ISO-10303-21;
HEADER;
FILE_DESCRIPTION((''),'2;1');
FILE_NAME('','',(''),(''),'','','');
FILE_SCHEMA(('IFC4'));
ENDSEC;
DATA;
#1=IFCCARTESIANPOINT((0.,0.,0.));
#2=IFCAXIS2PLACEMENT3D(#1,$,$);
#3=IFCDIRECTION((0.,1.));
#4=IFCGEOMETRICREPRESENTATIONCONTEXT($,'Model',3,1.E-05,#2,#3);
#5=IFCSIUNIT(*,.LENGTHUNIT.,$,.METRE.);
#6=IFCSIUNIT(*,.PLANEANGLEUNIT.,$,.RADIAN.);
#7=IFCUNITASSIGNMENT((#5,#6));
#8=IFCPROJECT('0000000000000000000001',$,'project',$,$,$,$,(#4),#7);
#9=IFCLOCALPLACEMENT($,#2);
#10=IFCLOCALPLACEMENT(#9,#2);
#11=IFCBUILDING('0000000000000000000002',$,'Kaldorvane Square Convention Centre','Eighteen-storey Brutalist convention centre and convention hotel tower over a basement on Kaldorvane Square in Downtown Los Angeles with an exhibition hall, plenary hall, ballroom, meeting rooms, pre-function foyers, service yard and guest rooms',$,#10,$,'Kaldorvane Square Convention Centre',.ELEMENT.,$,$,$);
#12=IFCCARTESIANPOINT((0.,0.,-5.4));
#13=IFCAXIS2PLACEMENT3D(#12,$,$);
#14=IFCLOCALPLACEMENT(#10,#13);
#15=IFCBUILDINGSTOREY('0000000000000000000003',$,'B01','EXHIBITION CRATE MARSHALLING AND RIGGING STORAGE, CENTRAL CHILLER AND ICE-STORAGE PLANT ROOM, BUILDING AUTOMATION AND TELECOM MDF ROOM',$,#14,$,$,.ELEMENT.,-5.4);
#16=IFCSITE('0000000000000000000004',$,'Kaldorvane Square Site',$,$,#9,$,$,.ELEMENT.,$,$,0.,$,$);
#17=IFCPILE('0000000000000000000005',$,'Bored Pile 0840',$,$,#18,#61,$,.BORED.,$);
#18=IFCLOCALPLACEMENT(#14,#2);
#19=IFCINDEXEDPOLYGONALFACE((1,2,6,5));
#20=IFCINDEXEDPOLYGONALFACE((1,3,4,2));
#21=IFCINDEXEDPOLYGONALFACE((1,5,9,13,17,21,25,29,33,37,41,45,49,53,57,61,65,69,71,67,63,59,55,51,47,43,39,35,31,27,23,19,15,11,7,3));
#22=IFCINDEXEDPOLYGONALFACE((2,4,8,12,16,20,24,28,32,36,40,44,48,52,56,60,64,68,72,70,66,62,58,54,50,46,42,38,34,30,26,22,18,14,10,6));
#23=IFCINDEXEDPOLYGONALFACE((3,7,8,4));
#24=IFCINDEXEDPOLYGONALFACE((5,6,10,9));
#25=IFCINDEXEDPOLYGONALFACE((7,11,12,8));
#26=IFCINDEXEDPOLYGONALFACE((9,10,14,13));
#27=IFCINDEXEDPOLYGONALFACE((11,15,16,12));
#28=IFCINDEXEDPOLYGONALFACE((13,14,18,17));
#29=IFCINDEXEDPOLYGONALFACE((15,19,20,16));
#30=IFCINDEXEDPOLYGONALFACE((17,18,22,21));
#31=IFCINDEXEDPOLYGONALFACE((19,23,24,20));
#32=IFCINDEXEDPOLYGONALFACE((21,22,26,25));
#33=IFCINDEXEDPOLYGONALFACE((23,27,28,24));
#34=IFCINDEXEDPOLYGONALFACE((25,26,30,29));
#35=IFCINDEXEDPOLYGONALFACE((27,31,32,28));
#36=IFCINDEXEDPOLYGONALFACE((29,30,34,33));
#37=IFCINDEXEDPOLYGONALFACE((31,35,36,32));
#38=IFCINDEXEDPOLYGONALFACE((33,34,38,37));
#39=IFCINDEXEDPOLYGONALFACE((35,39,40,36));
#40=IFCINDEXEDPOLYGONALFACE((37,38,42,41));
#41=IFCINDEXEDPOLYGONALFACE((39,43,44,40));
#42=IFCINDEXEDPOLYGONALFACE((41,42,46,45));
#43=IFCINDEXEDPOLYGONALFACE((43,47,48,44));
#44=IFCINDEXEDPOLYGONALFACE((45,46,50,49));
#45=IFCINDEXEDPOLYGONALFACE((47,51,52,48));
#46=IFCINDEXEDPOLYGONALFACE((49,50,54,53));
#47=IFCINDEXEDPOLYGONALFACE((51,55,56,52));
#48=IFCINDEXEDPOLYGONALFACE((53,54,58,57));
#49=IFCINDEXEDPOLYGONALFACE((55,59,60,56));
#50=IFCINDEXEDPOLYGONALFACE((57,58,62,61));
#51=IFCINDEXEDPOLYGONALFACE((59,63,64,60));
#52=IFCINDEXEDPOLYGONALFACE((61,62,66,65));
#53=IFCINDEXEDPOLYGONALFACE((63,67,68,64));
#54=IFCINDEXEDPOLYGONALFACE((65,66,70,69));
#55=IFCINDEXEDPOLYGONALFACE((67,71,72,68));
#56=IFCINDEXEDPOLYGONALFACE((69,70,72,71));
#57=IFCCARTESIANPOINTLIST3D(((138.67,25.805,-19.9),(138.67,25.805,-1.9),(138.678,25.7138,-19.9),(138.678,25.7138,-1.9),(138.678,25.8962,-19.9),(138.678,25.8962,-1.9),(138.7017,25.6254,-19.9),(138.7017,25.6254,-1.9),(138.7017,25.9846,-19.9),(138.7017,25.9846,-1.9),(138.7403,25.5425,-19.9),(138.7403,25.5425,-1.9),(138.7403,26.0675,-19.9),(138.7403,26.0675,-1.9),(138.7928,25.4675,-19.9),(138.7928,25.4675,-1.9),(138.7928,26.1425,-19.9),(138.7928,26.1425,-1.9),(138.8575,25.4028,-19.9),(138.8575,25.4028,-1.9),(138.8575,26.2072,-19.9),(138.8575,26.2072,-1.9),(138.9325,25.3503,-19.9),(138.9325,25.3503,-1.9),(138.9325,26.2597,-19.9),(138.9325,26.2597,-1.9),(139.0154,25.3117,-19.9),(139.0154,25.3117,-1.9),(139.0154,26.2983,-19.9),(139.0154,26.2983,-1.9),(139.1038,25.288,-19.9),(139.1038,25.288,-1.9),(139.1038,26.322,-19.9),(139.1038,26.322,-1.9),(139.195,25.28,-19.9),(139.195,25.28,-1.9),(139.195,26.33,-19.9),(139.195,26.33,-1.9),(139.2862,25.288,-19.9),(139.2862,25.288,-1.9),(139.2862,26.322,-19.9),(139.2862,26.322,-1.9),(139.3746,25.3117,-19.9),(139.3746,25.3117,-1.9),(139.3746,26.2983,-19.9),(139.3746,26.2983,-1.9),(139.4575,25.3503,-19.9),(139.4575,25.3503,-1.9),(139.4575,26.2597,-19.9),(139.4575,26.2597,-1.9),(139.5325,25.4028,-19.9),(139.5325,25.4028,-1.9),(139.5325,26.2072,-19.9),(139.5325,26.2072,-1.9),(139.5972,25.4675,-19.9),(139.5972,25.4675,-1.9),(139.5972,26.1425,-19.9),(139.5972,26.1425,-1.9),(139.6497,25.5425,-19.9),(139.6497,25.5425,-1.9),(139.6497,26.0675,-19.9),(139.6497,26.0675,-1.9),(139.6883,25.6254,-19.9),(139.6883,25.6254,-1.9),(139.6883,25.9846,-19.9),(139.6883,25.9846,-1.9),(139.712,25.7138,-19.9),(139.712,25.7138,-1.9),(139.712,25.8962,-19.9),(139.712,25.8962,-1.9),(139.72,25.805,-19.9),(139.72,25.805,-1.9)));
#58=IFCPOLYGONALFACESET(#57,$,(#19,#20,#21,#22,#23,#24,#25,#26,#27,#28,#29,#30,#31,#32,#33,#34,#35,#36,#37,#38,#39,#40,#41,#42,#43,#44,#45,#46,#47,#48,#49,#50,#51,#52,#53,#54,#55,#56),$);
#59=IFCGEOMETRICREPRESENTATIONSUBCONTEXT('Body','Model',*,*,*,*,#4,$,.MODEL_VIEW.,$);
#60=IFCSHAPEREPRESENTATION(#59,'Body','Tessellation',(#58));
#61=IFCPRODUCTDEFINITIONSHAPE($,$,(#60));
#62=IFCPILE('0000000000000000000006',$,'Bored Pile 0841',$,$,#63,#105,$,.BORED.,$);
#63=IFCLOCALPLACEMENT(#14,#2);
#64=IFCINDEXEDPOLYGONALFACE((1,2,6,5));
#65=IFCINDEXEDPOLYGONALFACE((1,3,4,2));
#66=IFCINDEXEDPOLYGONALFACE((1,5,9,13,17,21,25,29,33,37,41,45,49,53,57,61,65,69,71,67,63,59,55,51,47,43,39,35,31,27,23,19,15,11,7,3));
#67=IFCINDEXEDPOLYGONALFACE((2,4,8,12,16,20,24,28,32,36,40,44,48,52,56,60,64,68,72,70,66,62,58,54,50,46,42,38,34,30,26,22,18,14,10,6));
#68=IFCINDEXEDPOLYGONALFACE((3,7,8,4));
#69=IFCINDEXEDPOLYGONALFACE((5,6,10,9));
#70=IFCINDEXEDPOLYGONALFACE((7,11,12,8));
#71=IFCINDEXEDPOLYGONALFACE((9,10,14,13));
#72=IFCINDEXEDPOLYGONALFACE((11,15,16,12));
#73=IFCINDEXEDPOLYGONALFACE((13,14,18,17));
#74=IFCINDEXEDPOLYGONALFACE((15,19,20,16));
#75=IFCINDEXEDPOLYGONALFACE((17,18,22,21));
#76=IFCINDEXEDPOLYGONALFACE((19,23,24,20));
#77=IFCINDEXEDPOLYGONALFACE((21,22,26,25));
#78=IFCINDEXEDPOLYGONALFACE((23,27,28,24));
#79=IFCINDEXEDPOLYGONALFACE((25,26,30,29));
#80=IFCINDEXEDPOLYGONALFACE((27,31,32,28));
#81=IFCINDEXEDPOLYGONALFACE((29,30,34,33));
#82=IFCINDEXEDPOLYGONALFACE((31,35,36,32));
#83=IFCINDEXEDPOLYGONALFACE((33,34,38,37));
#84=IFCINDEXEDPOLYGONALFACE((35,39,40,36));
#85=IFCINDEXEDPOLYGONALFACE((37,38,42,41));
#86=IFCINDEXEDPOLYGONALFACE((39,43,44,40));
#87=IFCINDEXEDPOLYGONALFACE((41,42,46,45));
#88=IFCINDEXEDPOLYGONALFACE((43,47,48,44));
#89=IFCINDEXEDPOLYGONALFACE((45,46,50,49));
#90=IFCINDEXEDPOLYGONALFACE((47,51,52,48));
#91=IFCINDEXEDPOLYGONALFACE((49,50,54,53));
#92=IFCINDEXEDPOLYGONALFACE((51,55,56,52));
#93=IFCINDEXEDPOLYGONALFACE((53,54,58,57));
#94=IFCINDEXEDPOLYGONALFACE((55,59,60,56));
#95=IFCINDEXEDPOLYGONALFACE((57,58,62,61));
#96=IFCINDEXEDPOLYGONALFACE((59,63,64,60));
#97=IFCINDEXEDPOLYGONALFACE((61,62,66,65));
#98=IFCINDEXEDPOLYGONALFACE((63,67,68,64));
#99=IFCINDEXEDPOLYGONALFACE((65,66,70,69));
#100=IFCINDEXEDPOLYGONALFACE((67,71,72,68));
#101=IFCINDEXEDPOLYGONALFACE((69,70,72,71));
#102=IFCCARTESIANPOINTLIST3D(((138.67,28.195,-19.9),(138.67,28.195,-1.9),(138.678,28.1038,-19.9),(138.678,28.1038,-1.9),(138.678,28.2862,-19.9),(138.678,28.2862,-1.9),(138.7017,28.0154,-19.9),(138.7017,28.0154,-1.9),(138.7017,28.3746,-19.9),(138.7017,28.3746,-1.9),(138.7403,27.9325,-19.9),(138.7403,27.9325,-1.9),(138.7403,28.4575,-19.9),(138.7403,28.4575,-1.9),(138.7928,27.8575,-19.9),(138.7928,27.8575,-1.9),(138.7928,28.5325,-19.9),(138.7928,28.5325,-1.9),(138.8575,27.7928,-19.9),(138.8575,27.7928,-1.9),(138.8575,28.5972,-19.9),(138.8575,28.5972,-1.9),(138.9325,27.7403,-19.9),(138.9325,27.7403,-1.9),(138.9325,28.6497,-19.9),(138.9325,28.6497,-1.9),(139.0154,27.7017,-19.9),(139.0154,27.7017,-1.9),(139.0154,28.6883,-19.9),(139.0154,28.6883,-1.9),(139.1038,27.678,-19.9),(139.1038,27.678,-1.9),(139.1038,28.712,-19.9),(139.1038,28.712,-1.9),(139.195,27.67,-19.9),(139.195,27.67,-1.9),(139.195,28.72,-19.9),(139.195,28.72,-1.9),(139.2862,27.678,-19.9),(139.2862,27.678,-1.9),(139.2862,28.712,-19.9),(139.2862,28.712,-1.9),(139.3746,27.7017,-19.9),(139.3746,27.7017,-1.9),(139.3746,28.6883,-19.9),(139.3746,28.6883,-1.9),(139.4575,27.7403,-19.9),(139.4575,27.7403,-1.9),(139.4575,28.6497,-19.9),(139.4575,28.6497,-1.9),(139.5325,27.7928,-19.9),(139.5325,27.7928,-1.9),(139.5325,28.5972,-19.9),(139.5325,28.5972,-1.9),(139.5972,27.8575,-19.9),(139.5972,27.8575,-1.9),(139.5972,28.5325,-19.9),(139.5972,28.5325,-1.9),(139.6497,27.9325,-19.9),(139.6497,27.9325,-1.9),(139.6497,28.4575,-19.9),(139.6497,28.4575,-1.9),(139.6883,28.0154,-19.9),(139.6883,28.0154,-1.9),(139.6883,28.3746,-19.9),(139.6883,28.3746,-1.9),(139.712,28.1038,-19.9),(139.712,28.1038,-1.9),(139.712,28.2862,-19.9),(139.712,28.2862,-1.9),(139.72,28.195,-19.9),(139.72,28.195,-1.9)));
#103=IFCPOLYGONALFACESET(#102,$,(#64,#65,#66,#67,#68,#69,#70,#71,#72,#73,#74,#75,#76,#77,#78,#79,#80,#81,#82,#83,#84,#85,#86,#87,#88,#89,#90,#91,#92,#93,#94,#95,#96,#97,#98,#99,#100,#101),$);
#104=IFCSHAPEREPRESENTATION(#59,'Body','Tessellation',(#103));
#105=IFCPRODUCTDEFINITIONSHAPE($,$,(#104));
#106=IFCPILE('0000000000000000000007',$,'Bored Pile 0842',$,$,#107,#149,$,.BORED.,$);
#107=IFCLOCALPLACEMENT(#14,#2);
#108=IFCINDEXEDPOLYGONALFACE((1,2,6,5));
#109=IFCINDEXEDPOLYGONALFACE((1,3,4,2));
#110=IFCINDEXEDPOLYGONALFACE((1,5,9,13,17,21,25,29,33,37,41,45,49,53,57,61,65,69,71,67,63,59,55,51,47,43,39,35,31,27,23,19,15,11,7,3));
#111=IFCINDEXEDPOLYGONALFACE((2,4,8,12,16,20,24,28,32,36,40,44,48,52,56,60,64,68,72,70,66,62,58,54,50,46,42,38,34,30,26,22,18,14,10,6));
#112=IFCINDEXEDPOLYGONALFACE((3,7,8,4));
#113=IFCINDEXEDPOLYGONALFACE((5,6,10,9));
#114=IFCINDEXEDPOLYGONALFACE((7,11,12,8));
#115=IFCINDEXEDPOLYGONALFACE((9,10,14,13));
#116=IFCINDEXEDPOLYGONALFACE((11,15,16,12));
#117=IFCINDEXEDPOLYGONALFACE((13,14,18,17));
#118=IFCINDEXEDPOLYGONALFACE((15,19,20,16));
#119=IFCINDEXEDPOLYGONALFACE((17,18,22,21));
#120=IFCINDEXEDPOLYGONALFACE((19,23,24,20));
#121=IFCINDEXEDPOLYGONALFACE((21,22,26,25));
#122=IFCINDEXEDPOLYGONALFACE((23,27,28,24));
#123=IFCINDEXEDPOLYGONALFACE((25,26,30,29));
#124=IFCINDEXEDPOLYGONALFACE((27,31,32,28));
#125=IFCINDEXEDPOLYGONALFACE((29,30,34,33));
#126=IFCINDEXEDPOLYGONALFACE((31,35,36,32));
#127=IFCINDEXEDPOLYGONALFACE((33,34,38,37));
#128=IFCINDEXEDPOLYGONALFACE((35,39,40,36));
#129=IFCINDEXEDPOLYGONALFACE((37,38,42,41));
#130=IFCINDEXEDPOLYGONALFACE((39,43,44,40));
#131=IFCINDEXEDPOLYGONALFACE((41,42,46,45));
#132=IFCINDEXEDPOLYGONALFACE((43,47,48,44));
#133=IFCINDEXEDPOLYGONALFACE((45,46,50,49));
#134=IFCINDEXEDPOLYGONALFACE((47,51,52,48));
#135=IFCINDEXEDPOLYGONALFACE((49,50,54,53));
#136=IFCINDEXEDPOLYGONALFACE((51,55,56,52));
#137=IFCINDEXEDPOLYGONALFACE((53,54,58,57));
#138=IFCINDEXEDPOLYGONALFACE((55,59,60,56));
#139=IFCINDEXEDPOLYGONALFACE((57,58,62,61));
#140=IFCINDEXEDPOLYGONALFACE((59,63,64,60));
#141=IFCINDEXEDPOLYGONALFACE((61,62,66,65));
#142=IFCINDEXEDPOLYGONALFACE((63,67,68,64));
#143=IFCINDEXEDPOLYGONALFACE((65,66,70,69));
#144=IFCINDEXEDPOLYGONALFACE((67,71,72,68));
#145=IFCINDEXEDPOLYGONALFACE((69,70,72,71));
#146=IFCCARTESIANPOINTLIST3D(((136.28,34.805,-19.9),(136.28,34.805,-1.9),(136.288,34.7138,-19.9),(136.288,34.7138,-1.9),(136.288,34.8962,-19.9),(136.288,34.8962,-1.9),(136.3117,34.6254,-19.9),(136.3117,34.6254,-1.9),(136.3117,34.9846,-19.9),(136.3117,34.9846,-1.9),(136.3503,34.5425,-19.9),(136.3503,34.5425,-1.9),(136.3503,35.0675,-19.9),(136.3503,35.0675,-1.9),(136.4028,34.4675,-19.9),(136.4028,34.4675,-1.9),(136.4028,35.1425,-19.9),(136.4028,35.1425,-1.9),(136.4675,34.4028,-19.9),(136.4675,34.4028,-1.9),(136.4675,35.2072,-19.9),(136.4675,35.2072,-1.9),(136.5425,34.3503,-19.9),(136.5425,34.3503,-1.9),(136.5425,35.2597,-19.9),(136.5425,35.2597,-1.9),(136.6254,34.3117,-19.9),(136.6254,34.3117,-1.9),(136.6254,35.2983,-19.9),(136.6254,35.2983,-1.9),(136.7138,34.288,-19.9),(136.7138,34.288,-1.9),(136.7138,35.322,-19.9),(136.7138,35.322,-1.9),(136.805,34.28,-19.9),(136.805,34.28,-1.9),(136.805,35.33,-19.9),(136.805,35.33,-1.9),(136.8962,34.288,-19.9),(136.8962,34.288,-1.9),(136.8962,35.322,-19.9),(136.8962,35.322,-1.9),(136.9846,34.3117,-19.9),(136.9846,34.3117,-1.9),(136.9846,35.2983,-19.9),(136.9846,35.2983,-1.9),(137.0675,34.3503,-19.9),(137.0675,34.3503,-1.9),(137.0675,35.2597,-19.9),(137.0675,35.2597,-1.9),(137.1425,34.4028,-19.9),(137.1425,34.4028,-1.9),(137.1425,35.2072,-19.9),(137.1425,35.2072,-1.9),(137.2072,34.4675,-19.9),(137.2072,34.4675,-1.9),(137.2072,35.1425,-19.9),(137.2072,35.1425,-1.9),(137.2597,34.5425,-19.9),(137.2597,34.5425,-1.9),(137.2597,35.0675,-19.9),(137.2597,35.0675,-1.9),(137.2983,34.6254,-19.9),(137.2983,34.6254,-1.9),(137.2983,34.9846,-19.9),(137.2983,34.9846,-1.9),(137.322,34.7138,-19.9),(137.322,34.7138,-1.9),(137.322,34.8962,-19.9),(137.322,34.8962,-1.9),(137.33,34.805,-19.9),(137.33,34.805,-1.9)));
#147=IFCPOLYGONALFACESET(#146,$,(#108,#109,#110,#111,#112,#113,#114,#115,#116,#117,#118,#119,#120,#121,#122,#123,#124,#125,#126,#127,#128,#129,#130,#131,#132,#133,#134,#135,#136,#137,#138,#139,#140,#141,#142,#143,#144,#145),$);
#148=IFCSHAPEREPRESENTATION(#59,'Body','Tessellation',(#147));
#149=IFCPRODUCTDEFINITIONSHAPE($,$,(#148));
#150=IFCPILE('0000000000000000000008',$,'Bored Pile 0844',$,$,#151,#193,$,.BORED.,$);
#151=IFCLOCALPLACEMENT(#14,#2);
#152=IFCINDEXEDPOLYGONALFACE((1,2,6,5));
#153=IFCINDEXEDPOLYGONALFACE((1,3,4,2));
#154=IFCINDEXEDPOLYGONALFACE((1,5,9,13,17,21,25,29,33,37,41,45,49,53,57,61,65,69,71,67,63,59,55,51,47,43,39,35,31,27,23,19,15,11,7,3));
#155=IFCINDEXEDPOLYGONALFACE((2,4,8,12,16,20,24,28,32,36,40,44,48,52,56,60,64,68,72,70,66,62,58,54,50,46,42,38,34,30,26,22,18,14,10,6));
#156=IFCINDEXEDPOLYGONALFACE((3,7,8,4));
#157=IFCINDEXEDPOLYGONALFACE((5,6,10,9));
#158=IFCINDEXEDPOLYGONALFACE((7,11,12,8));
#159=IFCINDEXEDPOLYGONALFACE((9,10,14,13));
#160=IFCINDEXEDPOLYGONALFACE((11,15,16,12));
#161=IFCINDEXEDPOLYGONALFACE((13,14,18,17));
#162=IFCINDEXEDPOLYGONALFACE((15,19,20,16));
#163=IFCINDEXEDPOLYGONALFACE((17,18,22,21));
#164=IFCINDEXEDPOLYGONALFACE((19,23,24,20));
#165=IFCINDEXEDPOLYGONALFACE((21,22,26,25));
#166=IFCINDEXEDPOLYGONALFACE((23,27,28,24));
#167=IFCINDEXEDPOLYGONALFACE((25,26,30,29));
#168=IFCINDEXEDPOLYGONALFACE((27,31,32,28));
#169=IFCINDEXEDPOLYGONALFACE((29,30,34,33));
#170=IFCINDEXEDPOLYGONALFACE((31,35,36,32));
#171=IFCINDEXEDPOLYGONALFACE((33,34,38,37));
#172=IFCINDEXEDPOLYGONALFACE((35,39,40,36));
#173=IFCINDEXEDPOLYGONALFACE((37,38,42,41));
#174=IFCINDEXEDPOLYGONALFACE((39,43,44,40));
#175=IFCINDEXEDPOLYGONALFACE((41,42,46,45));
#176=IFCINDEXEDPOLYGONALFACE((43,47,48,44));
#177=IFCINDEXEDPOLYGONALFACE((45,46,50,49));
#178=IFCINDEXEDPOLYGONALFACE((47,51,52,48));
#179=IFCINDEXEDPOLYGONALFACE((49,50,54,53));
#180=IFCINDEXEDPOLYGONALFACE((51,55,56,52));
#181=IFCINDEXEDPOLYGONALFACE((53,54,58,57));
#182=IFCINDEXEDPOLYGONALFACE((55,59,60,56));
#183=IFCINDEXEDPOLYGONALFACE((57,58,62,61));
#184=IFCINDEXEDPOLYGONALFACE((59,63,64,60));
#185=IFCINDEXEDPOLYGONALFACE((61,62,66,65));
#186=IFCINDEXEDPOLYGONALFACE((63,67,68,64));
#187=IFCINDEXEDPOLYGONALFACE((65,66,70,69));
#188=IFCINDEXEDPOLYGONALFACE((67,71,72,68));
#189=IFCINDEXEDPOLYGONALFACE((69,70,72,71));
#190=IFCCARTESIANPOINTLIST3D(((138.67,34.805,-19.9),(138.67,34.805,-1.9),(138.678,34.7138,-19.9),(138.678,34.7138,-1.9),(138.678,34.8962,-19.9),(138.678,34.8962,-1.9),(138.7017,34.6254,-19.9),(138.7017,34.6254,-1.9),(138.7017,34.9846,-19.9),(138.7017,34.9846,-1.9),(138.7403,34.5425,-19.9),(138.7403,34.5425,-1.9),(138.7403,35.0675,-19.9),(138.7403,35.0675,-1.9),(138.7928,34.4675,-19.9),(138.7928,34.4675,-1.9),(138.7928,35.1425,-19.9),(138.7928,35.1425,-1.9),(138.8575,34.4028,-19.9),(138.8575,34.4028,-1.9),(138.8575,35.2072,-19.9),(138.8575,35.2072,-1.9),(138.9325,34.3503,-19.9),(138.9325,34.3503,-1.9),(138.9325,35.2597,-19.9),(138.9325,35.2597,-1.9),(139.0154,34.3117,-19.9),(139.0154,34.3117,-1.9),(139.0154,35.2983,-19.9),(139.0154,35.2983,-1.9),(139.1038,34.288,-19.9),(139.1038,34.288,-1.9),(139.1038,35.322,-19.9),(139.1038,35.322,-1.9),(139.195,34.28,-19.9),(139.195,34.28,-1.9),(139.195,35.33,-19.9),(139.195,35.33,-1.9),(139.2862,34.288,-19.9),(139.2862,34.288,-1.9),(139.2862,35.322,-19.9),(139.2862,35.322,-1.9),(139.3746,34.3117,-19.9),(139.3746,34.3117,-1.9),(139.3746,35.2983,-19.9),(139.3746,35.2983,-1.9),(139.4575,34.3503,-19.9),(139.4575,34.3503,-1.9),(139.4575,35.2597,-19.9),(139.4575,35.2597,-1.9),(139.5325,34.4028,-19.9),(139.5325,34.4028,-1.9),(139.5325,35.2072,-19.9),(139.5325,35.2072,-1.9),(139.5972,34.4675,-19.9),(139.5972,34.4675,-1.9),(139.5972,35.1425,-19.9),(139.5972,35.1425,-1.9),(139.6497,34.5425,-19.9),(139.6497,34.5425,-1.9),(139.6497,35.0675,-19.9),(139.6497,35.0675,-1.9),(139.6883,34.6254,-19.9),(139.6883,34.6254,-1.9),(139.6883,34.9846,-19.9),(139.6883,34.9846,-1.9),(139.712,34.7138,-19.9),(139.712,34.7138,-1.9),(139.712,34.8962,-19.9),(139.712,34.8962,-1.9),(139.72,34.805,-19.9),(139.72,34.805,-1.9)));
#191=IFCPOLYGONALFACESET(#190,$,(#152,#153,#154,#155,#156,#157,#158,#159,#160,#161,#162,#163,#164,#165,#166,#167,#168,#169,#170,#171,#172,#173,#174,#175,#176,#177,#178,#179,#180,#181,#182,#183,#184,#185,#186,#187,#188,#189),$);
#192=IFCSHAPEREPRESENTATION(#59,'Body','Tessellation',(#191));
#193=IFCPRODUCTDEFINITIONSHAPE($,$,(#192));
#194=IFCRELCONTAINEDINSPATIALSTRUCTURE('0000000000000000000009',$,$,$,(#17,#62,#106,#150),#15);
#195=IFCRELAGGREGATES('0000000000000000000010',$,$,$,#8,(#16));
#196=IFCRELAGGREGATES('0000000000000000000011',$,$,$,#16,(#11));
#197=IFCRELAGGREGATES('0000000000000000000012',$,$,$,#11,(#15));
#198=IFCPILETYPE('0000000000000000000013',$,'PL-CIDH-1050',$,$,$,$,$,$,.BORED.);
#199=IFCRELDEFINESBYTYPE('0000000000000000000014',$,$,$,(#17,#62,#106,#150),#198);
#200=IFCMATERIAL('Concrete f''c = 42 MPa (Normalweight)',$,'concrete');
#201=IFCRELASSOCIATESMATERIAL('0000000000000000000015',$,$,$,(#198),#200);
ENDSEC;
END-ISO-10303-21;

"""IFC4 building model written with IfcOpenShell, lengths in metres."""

from ifc_helpers import new_model, si_unit, direction, frame, origin, origin_2d, place, context, subcontext, project, spatial, circle, extrude, material, material_profile, profile_set, type_object, element, save


model = new_model("IFC4")

# Units and contexts
model_context = context("Model", 3, precision=1e-05, world=origin(), true_north=direction((0.0, 1.0)))
body_context = subcontext(model_context, "Body", "Model", "MODEL_VIEW")
ifc_project = project(units=[si_unit("LENGTHUNIT", "METRE"), si_unit("PLANEANGLEUNIT", "RADIAN")], contexts=[model_context])

# Site, building, storey
site_placement = place(None, origin())
site = spatial("IfcSite", under=ifc_project, at=site_placement, Name="Kaldorvane Square Site", CompositionType="ELEMENT", RefElevation=0.0)
building_placement = place(site_placement, origin())
building = spatial("IfcBuilding", under=site, at=building_placement, Name="Kaldorvane Square Convention Centre", Description="Eighteen-storey Brutalist convention centre and convention hotel tower over a basement on Kaldorvane Square in Downtown Los Angeles with an exhibition hall, plenary hall, ballroom, meeting rooms, pre-function foyers, service yard and guest rooms", LongName="Kaldorvane Square Convention Centre", CompositionType="ELEMENT")
storey_placement = place(building_placement, frame((0.0, 0.0, -5.4)))
storey = spatial("IfcBuildingStorey", under=building, at=storey_placement, Name="B01", Description="EXHIBITION CRATE MARSHALLING AND RIGGING STORAGE, CENTRAL CHILLER AND ICE-STORAGE PLANT ROOM, BUILDING AUTOMATION AND TELECOM MDF ROOM", CompositionType="ELEMENT", Elevation=-5.4)

# Shared definitions
ifc_material_1 = material(Name="Concrete f'c = 42 MPa (Normalweight)", Category="concrete")

# Piles
ifc_material_profile_1 = material_profile(ifc_material_1, circle(Radius=0.525, at=origin_2d()), Name="PILE-D1050")
ifc_profile_set_1 = profile_set([ifc_material_profile_1], Name="Concrete f'c = 42 MPa (Normalweight)")
pile_type_1 = type_object("IfcPileType", Name="PL-CIDH-1050", PredefinedType="BORED", material=ifc_profile_set_1)
for number, where, z_axis, x_axis, name in (
    (1, (139.195, 25.805, -1.9), (0.0, 0.0, -1.0), (1.0, 0.0, 0.0), "Bored Pile 0840"),
    (2, (139.195, 28.195, -1.9), (0.0, 0.0, -1.0), (1.0, 0.0, 0.0), "Bored Pile 0841"),
    (3, (136.805, 34.805, -1.9), (0.0, 0.0, -1.0), (1.0, 0.0, 0.0), "Bored Pile 0842"),
    (4, (139.195, 34.805, -1.9), (0.0, 0.0, -1.0), (1.0, 0.0, 0.0), "Bored Pile 0844"),
):
    element("IfcPile", number, at=place(storey_placement, frame(where, z_axis=z_axis, x_axis=x_axis)), inside=storey, type_object=pile_type_1, Name=name, PredefinedType="BORED", context=body_context, shape_type="SweptSolid", body=[
        extrude(circle(Radius=0.525, at=origin_2d()), origin(), (0.0, 0.0, 1.0), 18.0),
    ])

save(model, "model.ifc")
